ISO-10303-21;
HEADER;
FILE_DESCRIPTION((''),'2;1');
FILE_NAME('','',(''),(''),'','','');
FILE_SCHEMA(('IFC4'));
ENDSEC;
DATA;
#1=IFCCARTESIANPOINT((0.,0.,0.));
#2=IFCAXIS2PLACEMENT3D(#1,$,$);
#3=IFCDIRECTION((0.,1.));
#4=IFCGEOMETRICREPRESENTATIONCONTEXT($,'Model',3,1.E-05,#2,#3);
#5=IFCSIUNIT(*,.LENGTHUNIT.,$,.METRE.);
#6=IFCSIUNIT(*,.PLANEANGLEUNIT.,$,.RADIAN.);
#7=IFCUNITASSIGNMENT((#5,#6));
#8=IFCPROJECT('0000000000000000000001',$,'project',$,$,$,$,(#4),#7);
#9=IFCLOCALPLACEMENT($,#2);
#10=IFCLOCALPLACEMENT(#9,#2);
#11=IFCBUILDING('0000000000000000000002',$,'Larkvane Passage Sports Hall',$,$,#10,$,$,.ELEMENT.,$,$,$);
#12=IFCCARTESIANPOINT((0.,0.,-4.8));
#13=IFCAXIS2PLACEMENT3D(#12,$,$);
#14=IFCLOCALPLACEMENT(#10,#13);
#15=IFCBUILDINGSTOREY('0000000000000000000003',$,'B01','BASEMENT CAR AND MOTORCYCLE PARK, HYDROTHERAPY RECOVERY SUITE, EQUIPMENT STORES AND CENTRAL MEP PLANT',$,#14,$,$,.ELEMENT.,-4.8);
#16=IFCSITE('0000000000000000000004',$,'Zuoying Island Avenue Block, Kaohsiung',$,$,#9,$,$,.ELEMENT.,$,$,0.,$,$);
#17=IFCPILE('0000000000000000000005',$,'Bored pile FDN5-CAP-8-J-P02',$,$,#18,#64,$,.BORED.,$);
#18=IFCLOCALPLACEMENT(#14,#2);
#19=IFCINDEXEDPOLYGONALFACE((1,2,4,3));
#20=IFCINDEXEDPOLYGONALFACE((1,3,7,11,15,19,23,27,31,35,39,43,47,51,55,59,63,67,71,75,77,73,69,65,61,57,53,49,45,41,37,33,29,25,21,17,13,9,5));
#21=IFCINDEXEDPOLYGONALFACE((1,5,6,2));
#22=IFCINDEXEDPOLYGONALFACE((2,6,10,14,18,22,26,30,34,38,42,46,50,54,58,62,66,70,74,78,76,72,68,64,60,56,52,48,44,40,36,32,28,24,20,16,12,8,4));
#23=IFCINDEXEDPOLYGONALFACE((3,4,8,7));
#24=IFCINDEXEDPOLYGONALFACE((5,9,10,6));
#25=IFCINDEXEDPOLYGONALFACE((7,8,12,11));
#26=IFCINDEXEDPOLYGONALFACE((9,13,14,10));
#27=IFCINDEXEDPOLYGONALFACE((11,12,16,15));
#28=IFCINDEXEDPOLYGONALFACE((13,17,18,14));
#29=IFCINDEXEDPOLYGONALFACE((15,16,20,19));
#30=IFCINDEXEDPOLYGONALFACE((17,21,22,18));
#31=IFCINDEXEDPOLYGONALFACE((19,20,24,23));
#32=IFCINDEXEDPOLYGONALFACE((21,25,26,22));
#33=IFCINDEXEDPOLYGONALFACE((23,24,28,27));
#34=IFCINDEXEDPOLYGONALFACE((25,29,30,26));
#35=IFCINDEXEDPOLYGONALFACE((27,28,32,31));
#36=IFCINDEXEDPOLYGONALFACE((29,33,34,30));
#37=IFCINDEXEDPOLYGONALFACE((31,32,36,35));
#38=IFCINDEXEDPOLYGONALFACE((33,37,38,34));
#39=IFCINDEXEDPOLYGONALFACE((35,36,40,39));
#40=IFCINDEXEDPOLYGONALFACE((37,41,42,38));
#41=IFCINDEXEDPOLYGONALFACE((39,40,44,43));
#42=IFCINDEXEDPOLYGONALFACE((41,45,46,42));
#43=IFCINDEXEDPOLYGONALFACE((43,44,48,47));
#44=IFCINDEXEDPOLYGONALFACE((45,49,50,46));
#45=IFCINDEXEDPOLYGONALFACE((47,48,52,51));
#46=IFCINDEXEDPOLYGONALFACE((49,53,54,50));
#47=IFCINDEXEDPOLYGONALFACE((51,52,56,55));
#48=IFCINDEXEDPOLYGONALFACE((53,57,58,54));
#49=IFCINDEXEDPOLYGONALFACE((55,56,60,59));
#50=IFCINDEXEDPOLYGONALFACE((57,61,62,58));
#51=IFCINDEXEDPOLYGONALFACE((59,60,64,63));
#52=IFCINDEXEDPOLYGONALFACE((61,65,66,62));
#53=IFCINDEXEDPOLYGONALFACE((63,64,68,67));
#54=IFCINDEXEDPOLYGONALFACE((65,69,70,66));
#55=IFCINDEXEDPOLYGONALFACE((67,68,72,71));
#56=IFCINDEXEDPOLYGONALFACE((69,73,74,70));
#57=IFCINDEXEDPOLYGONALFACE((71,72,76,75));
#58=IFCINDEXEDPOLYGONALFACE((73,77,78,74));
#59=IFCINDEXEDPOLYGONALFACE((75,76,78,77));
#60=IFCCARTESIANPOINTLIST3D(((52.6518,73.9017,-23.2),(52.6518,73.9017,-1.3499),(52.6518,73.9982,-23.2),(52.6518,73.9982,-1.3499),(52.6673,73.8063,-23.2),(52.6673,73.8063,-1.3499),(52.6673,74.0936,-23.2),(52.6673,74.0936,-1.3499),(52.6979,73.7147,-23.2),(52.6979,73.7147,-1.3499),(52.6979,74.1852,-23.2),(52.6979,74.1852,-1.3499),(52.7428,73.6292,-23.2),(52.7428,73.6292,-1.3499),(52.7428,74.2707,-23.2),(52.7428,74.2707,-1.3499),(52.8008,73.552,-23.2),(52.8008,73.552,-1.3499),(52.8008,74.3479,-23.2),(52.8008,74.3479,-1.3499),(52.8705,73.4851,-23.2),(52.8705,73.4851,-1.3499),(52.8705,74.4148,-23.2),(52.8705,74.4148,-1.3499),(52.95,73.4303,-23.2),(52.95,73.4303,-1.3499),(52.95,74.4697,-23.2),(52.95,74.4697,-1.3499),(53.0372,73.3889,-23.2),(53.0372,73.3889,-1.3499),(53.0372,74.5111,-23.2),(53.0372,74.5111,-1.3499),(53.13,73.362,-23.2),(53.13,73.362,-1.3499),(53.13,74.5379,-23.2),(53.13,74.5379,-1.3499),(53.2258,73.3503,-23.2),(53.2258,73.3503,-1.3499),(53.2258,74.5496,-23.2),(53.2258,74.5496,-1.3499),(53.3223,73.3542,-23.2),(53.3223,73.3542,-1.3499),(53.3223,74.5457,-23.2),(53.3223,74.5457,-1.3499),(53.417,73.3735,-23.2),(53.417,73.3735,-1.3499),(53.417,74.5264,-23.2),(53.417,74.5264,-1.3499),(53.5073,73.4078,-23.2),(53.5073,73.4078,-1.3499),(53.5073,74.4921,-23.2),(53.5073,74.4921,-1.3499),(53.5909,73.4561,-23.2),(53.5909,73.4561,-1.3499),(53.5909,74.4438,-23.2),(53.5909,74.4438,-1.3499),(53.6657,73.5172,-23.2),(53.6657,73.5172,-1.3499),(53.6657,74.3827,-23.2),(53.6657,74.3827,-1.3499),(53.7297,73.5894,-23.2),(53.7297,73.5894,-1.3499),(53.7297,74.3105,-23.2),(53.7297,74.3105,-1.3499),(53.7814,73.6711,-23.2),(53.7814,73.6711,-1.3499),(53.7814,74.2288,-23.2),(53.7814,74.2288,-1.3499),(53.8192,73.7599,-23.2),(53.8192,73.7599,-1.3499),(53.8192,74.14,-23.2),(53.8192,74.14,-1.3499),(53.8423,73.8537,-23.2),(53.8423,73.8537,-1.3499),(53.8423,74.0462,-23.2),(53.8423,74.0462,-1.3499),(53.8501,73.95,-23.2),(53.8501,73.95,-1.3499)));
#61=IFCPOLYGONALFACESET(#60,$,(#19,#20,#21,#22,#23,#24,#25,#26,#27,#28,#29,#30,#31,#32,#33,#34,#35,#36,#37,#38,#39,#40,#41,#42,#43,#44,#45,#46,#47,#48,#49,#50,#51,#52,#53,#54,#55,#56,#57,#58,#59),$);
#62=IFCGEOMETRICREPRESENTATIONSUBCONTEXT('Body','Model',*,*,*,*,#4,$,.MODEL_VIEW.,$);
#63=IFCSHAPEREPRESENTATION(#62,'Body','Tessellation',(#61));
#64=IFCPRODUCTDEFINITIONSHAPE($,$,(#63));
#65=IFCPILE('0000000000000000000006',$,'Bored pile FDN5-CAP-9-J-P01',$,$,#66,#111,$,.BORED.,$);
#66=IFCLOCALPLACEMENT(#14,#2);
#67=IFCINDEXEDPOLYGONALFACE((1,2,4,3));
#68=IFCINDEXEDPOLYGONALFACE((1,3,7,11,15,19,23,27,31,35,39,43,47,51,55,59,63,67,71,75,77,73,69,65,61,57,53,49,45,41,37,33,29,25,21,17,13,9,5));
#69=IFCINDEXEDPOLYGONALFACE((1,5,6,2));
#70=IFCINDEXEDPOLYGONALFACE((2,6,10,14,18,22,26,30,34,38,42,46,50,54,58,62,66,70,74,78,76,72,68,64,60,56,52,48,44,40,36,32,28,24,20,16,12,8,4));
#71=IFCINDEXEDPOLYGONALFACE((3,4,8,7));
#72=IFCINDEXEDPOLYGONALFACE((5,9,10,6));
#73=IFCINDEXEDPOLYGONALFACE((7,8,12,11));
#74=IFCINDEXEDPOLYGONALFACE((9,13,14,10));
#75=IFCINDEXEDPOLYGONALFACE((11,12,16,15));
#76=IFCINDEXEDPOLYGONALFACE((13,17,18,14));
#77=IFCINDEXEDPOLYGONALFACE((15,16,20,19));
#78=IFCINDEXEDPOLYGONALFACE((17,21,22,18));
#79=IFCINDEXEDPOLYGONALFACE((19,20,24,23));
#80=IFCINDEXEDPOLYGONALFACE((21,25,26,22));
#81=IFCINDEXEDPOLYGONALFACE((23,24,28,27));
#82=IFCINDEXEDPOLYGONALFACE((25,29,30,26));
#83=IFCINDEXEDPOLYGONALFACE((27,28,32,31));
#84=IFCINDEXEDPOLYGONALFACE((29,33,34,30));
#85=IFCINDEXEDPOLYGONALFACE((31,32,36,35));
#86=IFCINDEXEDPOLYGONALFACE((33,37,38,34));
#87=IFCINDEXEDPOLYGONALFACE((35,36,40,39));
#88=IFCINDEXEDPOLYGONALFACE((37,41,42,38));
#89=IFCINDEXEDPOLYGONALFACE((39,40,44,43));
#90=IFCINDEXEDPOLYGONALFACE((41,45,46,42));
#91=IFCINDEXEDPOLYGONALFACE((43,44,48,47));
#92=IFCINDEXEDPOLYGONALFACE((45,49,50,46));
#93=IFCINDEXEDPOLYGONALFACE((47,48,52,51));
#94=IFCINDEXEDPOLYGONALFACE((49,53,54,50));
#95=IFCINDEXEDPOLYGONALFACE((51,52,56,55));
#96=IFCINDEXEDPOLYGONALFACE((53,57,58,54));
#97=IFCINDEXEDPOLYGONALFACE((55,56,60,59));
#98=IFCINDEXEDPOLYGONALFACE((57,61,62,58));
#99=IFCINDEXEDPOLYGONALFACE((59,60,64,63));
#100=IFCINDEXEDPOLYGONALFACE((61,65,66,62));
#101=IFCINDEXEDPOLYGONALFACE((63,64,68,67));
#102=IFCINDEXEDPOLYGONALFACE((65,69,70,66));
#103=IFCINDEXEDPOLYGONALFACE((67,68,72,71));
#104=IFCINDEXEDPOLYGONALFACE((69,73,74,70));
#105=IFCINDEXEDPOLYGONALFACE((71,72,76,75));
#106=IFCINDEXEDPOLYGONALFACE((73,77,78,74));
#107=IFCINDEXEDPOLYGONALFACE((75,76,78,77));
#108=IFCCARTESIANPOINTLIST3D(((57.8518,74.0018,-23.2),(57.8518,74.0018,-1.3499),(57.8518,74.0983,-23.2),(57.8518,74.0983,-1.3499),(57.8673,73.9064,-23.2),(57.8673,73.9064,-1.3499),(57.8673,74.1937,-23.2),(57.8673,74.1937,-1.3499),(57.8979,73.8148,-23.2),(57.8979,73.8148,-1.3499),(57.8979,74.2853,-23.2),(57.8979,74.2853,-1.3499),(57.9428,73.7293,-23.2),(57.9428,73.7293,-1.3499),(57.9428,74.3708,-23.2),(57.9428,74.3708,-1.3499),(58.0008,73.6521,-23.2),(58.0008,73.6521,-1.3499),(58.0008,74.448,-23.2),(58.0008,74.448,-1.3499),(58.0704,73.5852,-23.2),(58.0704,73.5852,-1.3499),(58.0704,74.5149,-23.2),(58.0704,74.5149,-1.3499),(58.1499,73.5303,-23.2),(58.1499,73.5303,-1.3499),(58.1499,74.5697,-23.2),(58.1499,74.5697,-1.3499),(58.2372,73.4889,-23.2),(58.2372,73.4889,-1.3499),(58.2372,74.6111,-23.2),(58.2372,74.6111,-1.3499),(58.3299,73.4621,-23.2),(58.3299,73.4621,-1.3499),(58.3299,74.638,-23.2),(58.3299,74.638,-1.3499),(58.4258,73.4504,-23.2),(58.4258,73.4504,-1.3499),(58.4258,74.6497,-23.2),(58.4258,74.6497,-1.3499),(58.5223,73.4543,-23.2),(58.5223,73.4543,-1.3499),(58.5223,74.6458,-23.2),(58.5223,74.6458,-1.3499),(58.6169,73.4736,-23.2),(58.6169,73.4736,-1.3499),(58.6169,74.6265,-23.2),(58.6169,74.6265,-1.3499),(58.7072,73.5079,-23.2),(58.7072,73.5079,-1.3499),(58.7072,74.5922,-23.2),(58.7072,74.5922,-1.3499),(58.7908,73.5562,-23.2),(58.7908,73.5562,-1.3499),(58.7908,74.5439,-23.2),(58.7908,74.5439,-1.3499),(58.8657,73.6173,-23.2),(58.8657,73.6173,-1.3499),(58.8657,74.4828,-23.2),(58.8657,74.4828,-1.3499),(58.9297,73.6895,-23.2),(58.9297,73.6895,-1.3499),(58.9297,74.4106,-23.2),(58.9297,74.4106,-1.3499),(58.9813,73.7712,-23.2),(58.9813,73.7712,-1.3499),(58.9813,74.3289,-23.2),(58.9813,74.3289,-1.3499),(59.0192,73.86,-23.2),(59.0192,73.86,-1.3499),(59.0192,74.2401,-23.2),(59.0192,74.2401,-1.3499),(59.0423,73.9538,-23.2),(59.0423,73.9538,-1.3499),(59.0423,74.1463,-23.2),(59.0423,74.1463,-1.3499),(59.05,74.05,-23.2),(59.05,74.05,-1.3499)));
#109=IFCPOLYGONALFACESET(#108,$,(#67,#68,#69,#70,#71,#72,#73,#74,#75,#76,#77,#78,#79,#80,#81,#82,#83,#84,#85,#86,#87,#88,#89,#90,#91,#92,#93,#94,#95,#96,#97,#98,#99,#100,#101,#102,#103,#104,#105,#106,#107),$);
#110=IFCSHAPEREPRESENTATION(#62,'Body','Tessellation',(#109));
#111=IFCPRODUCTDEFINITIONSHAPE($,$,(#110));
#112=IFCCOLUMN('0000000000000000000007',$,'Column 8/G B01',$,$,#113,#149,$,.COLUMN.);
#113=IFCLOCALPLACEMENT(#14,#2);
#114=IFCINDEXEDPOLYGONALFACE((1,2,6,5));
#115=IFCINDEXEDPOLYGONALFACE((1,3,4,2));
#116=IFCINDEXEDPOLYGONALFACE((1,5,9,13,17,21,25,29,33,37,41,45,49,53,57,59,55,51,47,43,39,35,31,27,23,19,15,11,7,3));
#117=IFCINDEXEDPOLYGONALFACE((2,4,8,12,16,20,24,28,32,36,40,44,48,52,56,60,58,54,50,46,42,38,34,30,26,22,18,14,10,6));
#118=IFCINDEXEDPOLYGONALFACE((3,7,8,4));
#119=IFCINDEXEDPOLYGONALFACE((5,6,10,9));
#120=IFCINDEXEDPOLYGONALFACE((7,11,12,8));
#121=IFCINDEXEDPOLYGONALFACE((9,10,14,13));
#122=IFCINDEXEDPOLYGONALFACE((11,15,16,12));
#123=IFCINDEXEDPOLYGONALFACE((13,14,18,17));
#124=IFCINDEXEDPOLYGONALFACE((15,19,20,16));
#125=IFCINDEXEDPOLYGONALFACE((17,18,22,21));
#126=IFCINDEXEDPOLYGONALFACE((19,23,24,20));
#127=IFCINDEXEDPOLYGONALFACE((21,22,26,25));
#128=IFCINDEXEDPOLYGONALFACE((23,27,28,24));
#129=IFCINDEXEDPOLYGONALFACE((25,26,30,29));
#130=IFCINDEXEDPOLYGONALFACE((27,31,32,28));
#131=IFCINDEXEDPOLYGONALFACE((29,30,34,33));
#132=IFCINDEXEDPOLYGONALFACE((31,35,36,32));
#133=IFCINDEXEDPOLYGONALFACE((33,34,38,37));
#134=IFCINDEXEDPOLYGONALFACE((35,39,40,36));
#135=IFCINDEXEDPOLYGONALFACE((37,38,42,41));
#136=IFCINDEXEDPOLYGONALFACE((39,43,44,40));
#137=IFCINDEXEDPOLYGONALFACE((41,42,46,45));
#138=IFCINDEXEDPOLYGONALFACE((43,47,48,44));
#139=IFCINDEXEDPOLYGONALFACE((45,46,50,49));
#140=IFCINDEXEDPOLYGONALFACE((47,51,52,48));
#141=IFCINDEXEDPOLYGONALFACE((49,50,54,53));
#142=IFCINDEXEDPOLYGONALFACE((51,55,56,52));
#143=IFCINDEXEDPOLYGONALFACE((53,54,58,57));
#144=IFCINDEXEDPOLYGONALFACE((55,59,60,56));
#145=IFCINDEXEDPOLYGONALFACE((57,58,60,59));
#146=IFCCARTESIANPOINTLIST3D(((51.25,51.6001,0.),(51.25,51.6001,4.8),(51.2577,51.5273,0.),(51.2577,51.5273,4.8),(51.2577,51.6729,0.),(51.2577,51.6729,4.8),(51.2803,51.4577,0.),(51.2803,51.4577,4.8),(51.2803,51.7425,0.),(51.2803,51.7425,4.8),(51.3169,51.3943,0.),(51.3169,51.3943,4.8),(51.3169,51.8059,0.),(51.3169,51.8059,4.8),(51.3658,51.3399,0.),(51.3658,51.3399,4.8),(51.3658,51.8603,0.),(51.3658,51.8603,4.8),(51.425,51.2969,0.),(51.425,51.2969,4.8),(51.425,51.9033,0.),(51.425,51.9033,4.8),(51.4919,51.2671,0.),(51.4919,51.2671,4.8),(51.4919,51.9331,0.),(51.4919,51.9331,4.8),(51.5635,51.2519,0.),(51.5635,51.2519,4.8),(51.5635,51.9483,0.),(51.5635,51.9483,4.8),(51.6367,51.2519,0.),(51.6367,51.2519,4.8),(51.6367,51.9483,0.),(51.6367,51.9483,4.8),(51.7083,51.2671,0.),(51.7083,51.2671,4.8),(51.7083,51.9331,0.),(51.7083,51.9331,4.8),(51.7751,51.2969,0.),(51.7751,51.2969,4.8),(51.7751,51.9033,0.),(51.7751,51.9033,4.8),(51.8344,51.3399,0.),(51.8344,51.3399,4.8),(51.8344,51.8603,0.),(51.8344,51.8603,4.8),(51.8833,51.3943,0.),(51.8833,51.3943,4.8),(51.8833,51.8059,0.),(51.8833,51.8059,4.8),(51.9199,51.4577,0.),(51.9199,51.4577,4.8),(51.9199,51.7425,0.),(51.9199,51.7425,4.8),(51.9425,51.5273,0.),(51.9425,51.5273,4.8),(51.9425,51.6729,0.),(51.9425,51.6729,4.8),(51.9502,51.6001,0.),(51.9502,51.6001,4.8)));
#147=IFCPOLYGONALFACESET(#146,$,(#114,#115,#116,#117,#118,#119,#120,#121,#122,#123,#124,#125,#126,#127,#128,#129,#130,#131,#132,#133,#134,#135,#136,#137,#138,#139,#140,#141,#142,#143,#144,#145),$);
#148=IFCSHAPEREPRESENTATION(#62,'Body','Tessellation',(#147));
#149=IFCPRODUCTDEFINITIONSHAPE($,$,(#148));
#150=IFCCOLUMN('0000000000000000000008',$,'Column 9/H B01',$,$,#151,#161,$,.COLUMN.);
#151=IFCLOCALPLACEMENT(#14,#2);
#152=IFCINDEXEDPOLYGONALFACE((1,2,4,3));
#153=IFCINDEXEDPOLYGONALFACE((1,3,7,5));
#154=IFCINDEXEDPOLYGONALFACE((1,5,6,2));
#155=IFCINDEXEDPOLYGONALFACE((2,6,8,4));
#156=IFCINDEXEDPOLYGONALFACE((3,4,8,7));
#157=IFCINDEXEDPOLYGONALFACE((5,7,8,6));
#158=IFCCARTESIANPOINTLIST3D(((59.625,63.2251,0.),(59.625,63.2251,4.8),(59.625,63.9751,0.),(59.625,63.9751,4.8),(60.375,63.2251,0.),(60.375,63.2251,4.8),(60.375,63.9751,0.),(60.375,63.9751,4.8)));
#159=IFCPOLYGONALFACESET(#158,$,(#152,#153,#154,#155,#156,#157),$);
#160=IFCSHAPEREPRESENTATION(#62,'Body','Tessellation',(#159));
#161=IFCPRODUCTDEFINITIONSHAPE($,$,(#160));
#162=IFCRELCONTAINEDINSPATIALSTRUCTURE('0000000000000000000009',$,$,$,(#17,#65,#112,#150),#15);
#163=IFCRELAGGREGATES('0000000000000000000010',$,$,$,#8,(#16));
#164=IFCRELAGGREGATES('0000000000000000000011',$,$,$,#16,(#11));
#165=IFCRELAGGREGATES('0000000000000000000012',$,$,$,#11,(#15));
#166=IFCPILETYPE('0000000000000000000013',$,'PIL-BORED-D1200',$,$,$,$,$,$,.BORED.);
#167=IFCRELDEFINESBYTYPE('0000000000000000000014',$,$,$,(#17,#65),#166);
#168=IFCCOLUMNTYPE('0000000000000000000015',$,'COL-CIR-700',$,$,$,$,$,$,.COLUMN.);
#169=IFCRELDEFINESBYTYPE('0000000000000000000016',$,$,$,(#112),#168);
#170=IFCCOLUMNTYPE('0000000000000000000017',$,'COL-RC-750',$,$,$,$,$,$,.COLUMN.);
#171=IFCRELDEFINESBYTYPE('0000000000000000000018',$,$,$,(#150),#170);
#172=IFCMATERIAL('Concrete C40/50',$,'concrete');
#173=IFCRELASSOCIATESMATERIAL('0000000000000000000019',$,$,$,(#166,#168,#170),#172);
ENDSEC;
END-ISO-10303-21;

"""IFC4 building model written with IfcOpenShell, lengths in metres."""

from ifc_helpers import new_model, si_unit, direction, frame, origin, origin_2d, place, context, subcontext, project, spatial, rectangle, circle, extrude, material, material_profile, profile_set, type_object, element, save


model = new_model("IFC4")

# Units and contexts
model_context = context("Model", 3, precision=1e-05, world=origin(), true_north=direction((0.0, 1.0)))
body_context = subcontext(model_context, "Body", "Model", "MODEL_VIEW")
ifc_project = project(units=[si_unit("LENGTHUNIT", "METRE"), si_unit("PLANEANGLEUNIT", "RADIAN")], contexts=[model_context])

# Site, building, storey
site_placement = place(None, origin())
site = spatial("IfcSite", under=ifc_project, at=site_placement, Name="Zuoying Island Avenue Block, Kaohsiung", CompositionType="ELEMENT", RefElevation=0.0)
building_placement = place(site_placement, origin())
building = spatial("IfcBuilding", under=site, at=building_placement, Name="Larkvane Passage Sports Hall", CompositionType="ELEMENT")
storey_placement = place(building_placement, frame((0.0, 0.0, -4.8)))
storey = spatial("IfcBuildingStorey", under=building, at=storey_placement, Name="B01", Description="BASEMENT CAR AND MOTORCYCLE PARK, HYDROTHERAPY RECOVERY SUITE, EQUIPMENT STORES AND CENTRAL MEP PLANT", CompositionType="ELEMENT", Elevation=-4.8)

# Shared definitions
ifc_material_1 = material(Name="Concrete C40/50", Category="concrete")

# Piles
ifc_material_profile_1 = material_profile(ifc_material_1, circle(Radius=0.6001, at=origin_2d()), Name="PILE-D1200")
ifc_profile_set_1 = profile_set([ifc_material_profile_1], Name="Concrete C40/50")
pile_type_1 = type_object("IfcPileType", Name="PIL-BORED-D1200", PredefinedType="BORED", material=ifc_profile_set_1)
for number, where, z_axis, x_axis, name in (
    (1, (53.25, 73.95, -1.3499), (0.0, 0.0, -1.0), (1.0, 0.0, 0.0), "Bored pile FDN5-CAP-8-J-P02"),
    (2, (58.45, 74.05, -1.3499), (0.0, 0.0, -1.0), (1.0, 0.0, 0.0), "Bored pile FDN5-CAP-9-J-P01"),
):
    element("IfcPile", number, at=place(storey_placement, frame(where, z_axis=z_axis, x_axis=x_axis)), inside=storey, type_object=pile_type_1, Name=name, PredefinedType="BORED", context=body_context, shape_type="SweptSolid", body=[
        extrude(circle(Radius=0.6001, at=origin_2d()), origin(), (0.0, 0.0, 1.0), 21.8501),
    ])

# Columns
ifc_material_profile_2 = material_profile(ifc_material_1, circle(Radius=0.3501, at=origin_2d()), Name="RC-CIR-700")
ifc_profile_set_2 = profile_set([ifc_material_profile_2], Name="Concrete C40/50")
column_type_1 = type_object("IfcColumnType", Name="COL-CIR-700", PredefinedType="COLUMN", material=ifc_profile_set_2)
column_1_placement = place(storey_placement, frame((51.6001, 51.6001, 0.0), z_axis=(0.0, 0.0, 1.0), x_axis=(1.0, 0.0, 0.0)))
element("IfcColumn", 3, at=column_1_placement, inside=storey, type_object=column_type_1, Name="Column 8/G B01", PredefinedType="COLUMN", context=body_context, shape_type="SweptSolid", body=[
    extrude(circle(Radius=0.3501, at=origin_2d()), origin(), (0.0, 0.0, 1.0), 4.8),
])
ifc_material_profile_3 = material_profile(ifc_material_1, rectangle(XDim=0.75, YDim=0.75, at=origin_2d()), Name="RC-COL-750x750")
ifc_profile_set_3 = profile_set([ifc_material_profile_3], Name="Concrete C40/50")
column_type_2 = type_object("IfcColumnType", Name="COL-RC-750", PredefinedType="COLUMN", material=ifc_profile_set_3)
column_2_placement = place(storey_placement, frame((60.0, 63.6001, 0.0), z_axis=(0.0, 0.0, 1.0), x_axis=(1.0, 0.0, 0.0)))
element("IfcColumn", 4, at=column_2_placement, inside=storey, type_object=column_type_2, Name="Column 9/H B01", PredefinedType="COLUMN", context=body_context, shape_type="SweptSolid", body=[
    extrude(rectangle(XDim=0.75, YDim=0.75, at=origin_2d()), origin(), (0.0, 0.0, 1.0), 4.8),
])

save(model, "model.ifc")
